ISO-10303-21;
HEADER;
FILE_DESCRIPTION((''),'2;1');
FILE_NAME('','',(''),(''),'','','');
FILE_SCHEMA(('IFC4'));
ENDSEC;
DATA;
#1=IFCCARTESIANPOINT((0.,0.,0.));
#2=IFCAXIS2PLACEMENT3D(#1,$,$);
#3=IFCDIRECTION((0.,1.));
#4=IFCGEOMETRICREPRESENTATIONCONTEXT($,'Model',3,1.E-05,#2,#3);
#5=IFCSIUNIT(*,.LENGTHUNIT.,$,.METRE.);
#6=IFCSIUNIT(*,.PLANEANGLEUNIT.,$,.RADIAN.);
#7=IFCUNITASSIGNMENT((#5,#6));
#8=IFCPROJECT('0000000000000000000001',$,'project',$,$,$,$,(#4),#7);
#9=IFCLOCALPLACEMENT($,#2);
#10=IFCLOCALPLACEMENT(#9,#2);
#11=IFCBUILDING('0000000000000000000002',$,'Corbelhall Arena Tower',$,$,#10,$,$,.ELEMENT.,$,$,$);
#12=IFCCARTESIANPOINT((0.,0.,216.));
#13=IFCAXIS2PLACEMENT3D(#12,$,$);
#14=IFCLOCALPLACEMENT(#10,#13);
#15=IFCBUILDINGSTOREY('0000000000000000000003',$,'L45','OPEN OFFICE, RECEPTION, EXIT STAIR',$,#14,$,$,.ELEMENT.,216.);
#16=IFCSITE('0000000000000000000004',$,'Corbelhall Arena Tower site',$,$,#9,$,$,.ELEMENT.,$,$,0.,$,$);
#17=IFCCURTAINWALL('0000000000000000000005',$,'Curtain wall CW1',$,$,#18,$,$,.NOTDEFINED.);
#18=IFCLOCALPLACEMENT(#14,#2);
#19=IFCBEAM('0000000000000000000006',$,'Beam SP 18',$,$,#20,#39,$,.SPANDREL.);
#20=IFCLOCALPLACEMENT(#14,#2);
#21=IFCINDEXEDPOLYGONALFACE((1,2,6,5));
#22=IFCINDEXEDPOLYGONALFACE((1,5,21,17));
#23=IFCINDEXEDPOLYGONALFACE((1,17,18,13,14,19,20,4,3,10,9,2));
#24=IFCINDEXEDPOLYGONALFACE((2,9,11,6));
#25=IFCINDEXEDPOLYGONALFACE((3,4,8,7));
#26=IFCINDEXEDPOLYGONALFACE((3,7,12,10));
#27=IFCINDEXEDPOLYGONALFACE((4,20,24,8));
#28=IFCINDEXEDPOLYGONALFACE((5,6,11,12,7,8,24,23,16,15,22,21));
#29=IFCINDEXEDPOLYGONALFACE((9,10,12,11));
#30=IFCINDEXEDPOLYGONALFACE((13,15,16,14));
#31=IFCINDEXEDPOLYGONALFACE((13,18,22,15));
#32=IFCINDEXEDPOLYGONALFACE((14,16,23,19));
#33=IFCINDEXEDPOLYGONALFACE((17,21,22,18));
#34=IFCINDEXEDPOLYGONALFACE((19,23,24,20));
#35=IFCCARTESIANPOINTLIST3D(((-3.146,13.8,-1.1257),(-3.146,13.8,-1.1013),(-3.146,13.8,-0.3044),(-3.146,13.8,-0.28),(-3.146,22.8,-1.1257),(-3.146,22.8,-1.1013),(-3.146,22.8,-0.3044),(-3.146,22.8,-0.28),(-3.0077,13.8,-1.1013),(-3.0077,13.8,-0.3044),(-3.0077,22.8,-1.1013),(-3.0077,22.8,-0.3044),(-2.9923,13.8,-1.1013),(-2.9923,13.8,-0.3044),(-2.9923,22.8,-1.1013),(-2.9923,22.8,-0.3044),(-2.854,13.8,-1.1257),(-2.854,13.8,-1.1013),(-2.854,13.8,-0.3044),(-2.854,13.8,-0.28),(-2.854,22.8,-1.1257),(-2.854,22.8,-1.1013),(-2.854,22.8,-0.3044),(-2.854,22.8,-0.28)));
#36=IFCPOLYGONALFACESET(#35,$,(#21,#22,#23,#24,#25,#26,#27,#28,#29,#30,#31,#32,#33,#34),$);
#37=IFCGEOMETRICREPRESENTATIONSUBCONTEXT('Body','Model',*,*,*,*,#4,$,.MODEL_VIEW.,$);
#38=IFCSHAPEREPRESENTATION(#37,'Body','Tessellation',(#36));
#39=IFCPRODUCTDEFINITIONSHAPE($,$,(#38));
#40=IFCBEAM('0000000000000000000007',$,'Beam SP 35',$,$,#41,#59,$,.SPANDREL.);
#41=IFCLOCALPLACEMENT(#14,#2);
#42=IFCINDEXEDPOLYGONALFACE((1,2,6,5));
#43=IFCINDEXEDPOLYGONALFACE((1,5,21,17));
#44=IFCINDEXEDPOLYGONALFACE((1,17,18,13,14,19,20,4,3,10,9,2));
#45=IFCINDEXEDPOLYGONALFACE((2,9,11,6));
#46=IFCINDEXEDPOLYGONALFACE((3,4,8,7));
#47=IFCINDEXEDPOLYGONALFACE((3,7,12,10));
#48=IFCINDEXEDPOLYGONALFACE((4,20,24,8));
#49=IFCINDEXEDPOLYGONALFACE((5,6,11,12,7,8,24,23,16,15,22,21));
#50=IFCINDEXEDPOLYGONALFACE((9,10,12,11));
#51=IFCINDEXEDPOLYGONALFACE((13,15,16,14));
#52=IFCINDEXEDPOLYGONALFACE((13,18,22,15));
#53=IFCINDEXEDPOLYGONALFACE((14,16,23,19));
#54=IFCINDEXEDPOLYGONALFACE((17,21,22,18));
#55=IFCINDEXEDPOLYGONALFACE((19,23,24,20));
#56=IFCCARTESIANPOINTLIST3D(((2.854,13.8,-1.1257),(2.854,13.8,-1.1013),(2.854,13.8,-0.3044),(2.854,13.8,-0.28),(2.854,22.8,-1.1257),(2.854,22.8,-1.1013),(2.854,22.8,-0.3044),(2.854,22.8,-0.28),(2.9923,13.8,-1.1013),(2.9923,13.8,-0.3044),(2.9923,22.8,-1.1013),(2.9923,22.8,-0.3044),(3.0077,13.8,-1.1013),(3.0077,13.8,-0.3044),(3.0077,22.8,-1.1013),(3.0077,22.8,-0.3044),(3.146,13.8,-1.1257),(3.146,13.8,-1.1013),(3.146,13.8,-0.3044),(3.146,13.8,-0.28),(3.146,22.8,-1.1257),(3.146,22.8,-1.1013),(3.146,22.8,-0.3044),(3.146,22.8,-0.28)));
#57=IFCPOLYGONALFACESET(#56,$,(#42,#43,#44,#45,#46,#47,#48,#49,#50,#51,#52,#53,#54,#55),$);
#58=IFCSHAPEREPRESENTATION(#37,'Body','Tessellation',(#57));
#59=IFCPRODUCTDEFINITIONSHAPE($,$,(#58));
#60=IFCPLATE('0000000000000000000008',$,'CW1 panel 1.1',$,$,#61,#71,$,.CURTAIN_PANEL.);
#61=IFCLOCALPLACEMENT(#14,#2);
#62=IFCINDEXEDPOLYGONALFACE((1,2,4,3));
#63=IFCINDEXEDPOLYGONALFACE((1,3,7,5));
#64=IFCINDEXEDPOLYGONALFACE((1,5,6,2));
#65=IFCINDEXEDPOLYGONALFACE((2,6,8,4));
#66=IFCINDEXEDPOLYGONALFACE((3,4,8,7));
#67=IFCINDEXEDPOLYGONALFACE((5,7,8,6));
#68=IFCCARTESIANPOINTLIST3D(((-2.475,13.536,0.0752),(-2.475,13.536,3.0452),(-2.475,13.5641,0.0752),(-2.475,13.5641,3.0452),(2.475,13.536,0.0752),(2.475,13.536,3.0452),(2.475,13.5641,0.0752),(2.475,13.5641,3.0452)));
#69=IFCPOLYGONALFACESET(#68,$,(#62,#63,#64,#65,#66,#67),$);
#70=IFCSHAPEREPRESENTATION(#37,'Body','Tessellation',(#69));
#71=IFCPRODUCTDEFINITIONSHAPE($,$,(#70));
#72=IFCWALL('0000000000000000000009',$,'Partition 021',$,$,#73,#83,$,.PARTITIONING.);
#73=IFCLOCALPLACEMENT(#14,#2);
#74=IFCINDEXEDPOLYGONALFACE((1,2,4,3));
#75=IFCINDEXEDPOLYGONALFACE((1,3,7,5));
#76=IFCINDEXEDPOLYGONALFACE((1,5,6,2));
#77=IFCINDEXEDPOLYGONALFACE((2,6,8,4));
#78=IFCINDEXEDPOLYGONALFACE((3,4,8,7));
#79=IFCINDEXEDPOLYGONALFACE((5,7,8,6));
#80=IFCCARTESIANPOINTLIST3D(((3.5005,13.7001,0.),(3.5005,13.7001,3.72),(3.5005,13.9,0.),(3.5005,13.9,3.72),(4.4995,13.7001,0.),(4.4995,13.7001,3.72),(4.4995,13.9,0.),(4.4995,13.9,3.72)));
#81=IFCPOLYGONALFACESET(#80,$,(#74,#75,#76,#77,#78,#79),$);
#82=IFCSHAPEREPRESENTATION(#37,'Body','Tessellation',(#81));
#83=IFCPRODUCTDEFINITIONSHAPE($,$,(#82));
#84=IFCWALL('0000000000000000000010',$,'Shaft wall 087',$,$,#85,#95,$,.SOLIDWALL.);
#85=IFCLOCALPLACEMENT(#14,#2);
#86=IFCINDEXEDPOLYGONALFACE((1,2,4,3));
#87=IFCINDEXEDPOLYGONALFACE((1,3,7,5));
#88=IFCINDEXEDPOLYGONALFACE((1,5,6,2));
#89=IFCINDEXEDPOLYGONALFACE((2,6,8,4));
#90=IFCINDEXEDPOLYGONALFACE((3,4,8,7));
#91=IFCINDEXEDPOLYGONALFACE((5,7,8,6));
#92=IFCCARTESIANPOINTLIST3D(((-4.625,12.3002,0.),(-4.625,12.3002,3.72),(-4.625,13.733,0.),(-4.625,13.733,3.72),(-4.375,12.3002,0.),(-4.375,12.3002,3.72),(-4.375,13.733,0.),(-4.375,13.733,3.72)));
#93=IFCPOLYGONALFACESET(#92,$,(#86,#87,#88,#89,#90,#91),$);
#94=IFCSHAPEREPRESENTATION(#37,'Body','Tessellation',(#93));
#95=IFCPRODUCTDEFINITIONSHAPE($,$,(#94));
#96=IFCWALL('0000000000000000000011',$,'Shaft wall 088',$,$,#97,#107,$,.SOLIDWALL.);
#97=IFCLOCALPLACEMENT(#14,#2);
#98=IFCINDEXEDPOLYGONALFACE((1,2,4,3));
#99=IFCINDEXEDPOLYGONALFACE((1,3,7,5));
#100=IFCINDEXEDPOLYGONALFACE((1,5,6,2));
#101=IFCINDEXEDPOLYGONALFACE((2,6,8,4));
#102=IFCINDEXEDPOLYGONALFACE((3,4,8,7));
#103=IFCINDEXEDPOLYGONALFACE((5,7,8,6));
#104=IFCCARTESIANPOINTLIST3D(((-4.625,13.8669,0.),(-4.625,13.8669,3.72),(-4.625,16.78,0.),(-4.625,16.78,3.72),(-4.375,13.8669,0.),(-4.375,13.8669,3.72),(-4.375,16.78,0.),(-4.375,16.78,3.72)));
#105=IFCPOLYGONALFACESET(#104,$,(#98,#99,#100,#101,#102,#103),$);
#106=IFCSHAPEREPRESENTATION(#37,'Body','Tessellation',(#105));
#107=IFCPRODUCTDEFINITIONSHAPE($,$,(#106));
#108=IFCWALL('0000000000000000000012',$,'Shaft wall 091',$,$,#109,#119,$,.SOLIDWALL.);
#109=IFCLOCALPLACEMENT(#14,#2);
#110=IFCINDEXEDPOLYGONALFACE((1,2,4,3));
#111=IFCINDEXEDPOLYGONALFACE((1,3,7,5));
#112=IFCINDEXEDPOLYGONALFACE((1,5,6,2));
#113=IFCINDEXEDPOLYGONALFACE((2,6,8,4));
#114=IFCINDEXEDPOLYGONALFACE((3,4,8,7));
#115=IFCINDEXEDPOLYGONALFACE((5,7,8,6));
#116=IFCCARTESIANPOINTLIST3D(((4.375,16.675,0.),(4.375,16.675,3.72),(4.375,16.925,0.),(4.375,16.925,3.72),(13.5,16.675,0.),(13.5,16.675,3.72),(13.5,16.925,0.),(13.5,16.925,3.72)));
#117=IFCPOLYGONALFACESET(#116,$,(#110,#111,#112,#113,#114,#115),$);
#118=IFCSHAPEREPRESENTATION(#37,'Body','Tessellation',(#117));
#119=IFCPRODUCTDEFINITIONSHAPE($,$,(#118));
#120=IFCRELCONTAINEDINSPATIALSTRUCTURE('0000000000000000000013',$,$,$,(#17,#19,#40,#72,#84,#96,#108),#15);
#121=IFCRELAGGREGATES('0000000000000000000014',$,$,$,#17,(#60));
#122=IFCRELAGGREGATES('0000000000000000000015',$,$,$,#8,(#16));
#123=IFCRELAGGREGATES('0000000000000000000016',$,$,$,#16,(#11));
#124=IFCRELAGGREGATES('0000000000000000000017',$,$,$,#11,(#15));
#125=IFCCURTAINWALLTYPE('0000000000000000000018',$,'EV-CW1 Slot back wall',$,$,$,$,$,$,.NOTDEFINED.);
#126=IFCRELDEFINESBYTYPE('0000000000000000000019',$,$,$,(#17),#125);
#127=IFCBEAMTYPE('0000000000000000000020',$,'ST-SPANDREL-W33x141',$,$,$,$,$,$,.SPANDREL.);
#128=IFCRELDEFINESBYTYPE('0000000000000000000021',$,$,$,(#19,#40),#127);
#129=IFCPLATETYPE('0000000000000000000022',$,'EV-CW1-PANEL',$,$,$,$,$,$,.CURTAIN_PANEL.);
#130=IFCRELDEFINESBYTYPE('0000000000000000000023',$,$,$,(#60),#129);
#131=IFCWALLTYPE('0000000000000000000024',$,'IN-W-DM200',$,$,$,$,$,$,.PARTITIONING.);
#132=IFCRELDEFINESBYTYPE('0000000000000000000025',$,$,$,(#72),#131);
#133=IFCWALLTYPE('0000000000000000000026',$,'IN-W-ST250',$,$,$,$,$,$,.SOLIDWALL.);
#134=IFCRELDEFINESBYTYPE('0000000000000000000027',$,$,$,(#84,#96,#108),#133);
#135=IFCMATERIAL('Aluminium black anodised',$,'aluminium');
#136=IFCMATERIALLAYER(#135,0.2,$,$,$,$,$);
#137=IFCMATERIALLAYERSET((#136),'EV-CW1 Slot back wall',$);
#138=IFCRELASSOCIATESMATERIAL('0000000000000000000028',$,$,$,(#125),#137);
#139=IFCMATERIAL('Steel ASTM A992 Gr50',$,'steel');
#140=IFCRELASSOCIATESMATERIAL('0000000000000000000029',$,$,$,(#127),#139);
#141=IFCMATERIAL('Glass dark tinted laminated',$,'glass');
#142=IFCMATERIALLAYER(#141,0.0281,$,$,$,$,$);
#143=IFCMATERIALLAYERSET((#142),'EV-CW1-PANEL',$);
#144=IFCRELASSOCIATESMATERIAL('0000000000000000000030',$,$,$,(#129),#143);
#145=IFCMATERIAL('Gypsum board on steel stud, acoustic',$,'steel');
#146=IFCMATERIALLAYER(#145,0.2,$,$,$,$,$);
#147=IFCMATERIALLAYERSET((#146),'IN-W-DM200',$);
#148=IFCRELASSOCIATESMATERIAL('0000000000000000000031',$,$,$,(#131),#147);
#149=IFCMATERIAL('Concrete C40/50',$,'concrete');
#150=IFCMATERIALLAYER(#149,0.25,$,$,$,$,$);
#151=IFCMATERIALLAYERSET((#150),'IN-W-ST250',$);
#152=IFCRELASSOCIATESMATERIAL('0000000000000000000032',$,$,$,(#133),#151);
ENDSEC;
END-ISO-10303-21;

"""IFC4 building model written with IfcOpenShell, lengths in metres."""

from ifc_helpers import new_model, si_unit, direction, frame, frame_2d, origin, origin_2d, place, context, subcontext, project, spatial, rectangle, i_section, extrude, material, layer, layer_set, material_profile, profile_set, type_object, element, aggregate, save


model = new_model("IFC4")

# Units and contexts
model_context = context("Model", 3, precision=1e-05, world=origin(), true_north=direction((0.0, 1.0)))
body_context = subcontext(model_context, "Body", "Model", "MODEL_VIEW")
ifc_project = project(units=[si_unit("LENGTHUNIT", "METRE"), si_unit("PLANEANGLEUNIT", "RADIAN")], contexts=[model_context])

# Site, building, storey
site_placement = place(None, origin())
site = spatial("IfcSite", under=ifc_project, at=site_placement, Name="Corbelhall Arena Tower site", CompositionType="ELEMENT", RefElevation=0.0)
building_placement = place(site_placement, origin())
building = spatial("IfcBuilding", under=site, at=building_placement, Name="Corbelhall Arena Tower", CompositionType="ELEMENT")
storey_placement = place(building_placement, frame((0.0, 0.0, 216.0)))
storey = spatial("IfcBuildingStorey", under=building, at=storey_placement, Name="L45", Description="OPEN OFFICE, RECEPTION, EXIT STAIR", CompositionType="ELEMENT", Elevation=216.0)

# Curtain wall
ifc_material_1 = material(Name="Aluminium black anodised", Category="aluminium")
ifc_layer_1 = layer(ifc_material_1, 0.2)
ifc_layer_set_1 = layer_set([ifc_layer_1], Name="EV-CW1 Slot back wall")
curtain_wall_type = type_object("IfcCurtainWallType", Name="EV-CW1 Slot back wall", PredefinedType="NOTDEFINED", material=ifc_layer_set_1)
curtain_wall_placement = place(storey_placement, origin())
curtain_wall = element("IfcCurtainWall", 1, at=curtain_wall_placement, inside=storey, type_object=curtain_wall_type, Name="Curtain wall CW1", PredefinedType="NOTDEFINED")

# Beams
ifc_material_2 = material(Name="Steel ASTM A992 Gr50", Category="steel")
ifc_material_profile_1 = material_profile(ifc_material_2, i_section(OverallWidth=0.292, OverallDepth=0.8457, WebThickness=0.0154, FlangeThickness=0.0244, at=origin_2d()))
ifc_profile_set_1 = profile_set([ifc_material_profile_1], Name="Steel ASTM A992 Gr50")
beam_type_1 = type_object("IfcBeamType", Name="ST-SPANDREL-W33x141", PredefinedType="SPANDREL", material=ifc_profile_set_1)
for number, where, z_axis, x_axis, name in (
    (2, (-3.0, 22.8, -0.7029), (0.0, -1.0, 0.0), (1.0, 0.0, 0.0), "Beam SP 18"),
    (3, (3.0, 13.8, -0.7029), (0.0, 1.0, 0.0), (-1.0, 0.0, 0.0), "Beam SP 35"),
):
    element("IfcBeam", number, at=place(storey_placement, frame(where, z_axis=z_axis, x_axis=x_axis)), inside=storey, type_object=beam_type_1, Name=name, PredefinedType="SPANDREL", context=body_context, shape_type="SweptSolid", body=[
        extrude(i_section(OverallWidth=0.292, OverallDepth=0.8457, WebThickness=0.0154, FlangeThickness=0.0244, at=origin_2d()), origin(), (0.0, 0.0, 1.0), 9.0),
    ])

# Plate
ifc_material_3 = material(Name="Glass dark tinted laminated", Category="glass")
ifc_layer_2 = layer(ifc_material_3, 0.0281)
ifc_layer_set_2 = layer_set([ifc_layer_2], Name="EV-CW1-PANEL")
plate_type = type_object("IfcPlateType", Name="EV-CW1-PANEL", PredefinedType="CURTAIN_PANEL", material=ifc_layer_set_2)
plate_placement = place(storey_placement, frame((0.0, 13.55, 0.0752), z_axis=(0.0, 0.0, 1.0), x_axis=(-1.0, 0.0, 0.0)))
plate = element("IfcPlate", 4, at=plate_placement, type_object=plate_type, Name="CW1 panel 1.1", PredefinedType="CURTAIN_PANEL", context=body_context, shape_type="SweptSolid", body=[
    extrude(rectangle(XDim=4.95, YDim=0.0281, at=origin_2d()), origin(), (0.0, 0.0, 1.0), 2.97),
])
aggregate(curtain_wall, [plate])

# Walls
ifc_material_4 = material(Name="Gypsum board on steel stud, acoustic", Category="steel")
ifc_layer_3 = layer(ifc_material_4, 0.2)
ifc_layer_set_3 = layer_set([ifc_layer_3], Name="IN-W-DM200")
wall_type_1 = type_object("IfcWallType", Name="IN-W-DM200", PredefinedType="PARTITIONING", material=ifc_layer_set_3)
wall_1_placement = place(storey_placement, frame((3.5005, 13.8, 0.0), z_axis=(0.0, 0.0, 1.0), x_axis=(1.0, 0.0, 0.0)))
element("IfcWall", 5, at=wall_1_placement, inside=storey, type_object=wall_type_1, Name="Partition 021", PredefinedType="PARTITIONING", context=body_context, shape_type="SweptSolid", body=[
    extrude(rectangle(XDim=0.999, YDim=0.2, at=frame_2d((0.4995, 0.0))), origin(), (0.0, 0.0, 1.0), 3.72),
])
ifc_material_5 = material(Name="Concrete C40/50", Category="concrete")
ifc_layer_4 = layer(ifc_material_5, 0.25)
ifc_layer_set_4 = layer_set([ifc_layer_4], Name="IN-W-ST250")
wall_type_2 = type_object("IfcWallType", Name="IN-W-ST250", PredefinedType="SOLIDWALL", material=ifc_layer_set_4)
wall_2_placement = place(storey_placement, frame((-4.5, 13.7329, 0.0), z_axis=(0.0, 0.0, 1.0), x_axis=(0.0, -1.0, 0.0)))
element("IfcWall", 6, at=wall_2_placement, inside=storey, type_object=wall_type_2, Name="Shaft wall 087", PredefinedType="SOLIDWALL", context=body_context, shape_type="SweptSolid", body=[
    extrude(rectangle(XDim=1.4329, YDim=0.25, at=frame_2d((0.7163, 0.0))), origin(), (0.0, 0.0, 1.0), 3.72),
])
wall_3_placement = place(storey_placement, frame((-4.5, 16.78, 0.0), z_axis=(0.0, 0.0, 1.0), x_axis=(0.0, -1.0, 0.0)))
element("IfcWall", 7, at=wall_3_placement, inside=storey, type_object=wall_type_2, Name="Shaft wall 088", PredefinedType="SOLIDWALL", context=body_context, shape_type="SweptSolid", body=[
    extrude(rectangle(XDim=2.9131, YDim=0.25, at=frame_2d((1.4565, 0.0))), origin(), (0.0, 0.0, 1.0), 3.72),
])
wall_4_placement = place(storey_placement, frame((4.375, 16.8, 0.0), z_axis=(0.0, 0.0, 1.0), x_axis=(1.0, 0.0, 0.0)))
element("IfcWall", 8, at=wall_4_placement, inside=storey, type_object=wall_type_2, Name="Shaft wall 091", PredefinedType="SOLIDWALL", context=body_context, shape_type="SweptSolid", body=[
    extrude(rectangle(XDim=9.125, YDim=0.25, at=frame_2d((4.5625, 0.0))), origin(), (0.0, 0.0, 1.0), 3.72),
])

save(model, "model.ifc")
